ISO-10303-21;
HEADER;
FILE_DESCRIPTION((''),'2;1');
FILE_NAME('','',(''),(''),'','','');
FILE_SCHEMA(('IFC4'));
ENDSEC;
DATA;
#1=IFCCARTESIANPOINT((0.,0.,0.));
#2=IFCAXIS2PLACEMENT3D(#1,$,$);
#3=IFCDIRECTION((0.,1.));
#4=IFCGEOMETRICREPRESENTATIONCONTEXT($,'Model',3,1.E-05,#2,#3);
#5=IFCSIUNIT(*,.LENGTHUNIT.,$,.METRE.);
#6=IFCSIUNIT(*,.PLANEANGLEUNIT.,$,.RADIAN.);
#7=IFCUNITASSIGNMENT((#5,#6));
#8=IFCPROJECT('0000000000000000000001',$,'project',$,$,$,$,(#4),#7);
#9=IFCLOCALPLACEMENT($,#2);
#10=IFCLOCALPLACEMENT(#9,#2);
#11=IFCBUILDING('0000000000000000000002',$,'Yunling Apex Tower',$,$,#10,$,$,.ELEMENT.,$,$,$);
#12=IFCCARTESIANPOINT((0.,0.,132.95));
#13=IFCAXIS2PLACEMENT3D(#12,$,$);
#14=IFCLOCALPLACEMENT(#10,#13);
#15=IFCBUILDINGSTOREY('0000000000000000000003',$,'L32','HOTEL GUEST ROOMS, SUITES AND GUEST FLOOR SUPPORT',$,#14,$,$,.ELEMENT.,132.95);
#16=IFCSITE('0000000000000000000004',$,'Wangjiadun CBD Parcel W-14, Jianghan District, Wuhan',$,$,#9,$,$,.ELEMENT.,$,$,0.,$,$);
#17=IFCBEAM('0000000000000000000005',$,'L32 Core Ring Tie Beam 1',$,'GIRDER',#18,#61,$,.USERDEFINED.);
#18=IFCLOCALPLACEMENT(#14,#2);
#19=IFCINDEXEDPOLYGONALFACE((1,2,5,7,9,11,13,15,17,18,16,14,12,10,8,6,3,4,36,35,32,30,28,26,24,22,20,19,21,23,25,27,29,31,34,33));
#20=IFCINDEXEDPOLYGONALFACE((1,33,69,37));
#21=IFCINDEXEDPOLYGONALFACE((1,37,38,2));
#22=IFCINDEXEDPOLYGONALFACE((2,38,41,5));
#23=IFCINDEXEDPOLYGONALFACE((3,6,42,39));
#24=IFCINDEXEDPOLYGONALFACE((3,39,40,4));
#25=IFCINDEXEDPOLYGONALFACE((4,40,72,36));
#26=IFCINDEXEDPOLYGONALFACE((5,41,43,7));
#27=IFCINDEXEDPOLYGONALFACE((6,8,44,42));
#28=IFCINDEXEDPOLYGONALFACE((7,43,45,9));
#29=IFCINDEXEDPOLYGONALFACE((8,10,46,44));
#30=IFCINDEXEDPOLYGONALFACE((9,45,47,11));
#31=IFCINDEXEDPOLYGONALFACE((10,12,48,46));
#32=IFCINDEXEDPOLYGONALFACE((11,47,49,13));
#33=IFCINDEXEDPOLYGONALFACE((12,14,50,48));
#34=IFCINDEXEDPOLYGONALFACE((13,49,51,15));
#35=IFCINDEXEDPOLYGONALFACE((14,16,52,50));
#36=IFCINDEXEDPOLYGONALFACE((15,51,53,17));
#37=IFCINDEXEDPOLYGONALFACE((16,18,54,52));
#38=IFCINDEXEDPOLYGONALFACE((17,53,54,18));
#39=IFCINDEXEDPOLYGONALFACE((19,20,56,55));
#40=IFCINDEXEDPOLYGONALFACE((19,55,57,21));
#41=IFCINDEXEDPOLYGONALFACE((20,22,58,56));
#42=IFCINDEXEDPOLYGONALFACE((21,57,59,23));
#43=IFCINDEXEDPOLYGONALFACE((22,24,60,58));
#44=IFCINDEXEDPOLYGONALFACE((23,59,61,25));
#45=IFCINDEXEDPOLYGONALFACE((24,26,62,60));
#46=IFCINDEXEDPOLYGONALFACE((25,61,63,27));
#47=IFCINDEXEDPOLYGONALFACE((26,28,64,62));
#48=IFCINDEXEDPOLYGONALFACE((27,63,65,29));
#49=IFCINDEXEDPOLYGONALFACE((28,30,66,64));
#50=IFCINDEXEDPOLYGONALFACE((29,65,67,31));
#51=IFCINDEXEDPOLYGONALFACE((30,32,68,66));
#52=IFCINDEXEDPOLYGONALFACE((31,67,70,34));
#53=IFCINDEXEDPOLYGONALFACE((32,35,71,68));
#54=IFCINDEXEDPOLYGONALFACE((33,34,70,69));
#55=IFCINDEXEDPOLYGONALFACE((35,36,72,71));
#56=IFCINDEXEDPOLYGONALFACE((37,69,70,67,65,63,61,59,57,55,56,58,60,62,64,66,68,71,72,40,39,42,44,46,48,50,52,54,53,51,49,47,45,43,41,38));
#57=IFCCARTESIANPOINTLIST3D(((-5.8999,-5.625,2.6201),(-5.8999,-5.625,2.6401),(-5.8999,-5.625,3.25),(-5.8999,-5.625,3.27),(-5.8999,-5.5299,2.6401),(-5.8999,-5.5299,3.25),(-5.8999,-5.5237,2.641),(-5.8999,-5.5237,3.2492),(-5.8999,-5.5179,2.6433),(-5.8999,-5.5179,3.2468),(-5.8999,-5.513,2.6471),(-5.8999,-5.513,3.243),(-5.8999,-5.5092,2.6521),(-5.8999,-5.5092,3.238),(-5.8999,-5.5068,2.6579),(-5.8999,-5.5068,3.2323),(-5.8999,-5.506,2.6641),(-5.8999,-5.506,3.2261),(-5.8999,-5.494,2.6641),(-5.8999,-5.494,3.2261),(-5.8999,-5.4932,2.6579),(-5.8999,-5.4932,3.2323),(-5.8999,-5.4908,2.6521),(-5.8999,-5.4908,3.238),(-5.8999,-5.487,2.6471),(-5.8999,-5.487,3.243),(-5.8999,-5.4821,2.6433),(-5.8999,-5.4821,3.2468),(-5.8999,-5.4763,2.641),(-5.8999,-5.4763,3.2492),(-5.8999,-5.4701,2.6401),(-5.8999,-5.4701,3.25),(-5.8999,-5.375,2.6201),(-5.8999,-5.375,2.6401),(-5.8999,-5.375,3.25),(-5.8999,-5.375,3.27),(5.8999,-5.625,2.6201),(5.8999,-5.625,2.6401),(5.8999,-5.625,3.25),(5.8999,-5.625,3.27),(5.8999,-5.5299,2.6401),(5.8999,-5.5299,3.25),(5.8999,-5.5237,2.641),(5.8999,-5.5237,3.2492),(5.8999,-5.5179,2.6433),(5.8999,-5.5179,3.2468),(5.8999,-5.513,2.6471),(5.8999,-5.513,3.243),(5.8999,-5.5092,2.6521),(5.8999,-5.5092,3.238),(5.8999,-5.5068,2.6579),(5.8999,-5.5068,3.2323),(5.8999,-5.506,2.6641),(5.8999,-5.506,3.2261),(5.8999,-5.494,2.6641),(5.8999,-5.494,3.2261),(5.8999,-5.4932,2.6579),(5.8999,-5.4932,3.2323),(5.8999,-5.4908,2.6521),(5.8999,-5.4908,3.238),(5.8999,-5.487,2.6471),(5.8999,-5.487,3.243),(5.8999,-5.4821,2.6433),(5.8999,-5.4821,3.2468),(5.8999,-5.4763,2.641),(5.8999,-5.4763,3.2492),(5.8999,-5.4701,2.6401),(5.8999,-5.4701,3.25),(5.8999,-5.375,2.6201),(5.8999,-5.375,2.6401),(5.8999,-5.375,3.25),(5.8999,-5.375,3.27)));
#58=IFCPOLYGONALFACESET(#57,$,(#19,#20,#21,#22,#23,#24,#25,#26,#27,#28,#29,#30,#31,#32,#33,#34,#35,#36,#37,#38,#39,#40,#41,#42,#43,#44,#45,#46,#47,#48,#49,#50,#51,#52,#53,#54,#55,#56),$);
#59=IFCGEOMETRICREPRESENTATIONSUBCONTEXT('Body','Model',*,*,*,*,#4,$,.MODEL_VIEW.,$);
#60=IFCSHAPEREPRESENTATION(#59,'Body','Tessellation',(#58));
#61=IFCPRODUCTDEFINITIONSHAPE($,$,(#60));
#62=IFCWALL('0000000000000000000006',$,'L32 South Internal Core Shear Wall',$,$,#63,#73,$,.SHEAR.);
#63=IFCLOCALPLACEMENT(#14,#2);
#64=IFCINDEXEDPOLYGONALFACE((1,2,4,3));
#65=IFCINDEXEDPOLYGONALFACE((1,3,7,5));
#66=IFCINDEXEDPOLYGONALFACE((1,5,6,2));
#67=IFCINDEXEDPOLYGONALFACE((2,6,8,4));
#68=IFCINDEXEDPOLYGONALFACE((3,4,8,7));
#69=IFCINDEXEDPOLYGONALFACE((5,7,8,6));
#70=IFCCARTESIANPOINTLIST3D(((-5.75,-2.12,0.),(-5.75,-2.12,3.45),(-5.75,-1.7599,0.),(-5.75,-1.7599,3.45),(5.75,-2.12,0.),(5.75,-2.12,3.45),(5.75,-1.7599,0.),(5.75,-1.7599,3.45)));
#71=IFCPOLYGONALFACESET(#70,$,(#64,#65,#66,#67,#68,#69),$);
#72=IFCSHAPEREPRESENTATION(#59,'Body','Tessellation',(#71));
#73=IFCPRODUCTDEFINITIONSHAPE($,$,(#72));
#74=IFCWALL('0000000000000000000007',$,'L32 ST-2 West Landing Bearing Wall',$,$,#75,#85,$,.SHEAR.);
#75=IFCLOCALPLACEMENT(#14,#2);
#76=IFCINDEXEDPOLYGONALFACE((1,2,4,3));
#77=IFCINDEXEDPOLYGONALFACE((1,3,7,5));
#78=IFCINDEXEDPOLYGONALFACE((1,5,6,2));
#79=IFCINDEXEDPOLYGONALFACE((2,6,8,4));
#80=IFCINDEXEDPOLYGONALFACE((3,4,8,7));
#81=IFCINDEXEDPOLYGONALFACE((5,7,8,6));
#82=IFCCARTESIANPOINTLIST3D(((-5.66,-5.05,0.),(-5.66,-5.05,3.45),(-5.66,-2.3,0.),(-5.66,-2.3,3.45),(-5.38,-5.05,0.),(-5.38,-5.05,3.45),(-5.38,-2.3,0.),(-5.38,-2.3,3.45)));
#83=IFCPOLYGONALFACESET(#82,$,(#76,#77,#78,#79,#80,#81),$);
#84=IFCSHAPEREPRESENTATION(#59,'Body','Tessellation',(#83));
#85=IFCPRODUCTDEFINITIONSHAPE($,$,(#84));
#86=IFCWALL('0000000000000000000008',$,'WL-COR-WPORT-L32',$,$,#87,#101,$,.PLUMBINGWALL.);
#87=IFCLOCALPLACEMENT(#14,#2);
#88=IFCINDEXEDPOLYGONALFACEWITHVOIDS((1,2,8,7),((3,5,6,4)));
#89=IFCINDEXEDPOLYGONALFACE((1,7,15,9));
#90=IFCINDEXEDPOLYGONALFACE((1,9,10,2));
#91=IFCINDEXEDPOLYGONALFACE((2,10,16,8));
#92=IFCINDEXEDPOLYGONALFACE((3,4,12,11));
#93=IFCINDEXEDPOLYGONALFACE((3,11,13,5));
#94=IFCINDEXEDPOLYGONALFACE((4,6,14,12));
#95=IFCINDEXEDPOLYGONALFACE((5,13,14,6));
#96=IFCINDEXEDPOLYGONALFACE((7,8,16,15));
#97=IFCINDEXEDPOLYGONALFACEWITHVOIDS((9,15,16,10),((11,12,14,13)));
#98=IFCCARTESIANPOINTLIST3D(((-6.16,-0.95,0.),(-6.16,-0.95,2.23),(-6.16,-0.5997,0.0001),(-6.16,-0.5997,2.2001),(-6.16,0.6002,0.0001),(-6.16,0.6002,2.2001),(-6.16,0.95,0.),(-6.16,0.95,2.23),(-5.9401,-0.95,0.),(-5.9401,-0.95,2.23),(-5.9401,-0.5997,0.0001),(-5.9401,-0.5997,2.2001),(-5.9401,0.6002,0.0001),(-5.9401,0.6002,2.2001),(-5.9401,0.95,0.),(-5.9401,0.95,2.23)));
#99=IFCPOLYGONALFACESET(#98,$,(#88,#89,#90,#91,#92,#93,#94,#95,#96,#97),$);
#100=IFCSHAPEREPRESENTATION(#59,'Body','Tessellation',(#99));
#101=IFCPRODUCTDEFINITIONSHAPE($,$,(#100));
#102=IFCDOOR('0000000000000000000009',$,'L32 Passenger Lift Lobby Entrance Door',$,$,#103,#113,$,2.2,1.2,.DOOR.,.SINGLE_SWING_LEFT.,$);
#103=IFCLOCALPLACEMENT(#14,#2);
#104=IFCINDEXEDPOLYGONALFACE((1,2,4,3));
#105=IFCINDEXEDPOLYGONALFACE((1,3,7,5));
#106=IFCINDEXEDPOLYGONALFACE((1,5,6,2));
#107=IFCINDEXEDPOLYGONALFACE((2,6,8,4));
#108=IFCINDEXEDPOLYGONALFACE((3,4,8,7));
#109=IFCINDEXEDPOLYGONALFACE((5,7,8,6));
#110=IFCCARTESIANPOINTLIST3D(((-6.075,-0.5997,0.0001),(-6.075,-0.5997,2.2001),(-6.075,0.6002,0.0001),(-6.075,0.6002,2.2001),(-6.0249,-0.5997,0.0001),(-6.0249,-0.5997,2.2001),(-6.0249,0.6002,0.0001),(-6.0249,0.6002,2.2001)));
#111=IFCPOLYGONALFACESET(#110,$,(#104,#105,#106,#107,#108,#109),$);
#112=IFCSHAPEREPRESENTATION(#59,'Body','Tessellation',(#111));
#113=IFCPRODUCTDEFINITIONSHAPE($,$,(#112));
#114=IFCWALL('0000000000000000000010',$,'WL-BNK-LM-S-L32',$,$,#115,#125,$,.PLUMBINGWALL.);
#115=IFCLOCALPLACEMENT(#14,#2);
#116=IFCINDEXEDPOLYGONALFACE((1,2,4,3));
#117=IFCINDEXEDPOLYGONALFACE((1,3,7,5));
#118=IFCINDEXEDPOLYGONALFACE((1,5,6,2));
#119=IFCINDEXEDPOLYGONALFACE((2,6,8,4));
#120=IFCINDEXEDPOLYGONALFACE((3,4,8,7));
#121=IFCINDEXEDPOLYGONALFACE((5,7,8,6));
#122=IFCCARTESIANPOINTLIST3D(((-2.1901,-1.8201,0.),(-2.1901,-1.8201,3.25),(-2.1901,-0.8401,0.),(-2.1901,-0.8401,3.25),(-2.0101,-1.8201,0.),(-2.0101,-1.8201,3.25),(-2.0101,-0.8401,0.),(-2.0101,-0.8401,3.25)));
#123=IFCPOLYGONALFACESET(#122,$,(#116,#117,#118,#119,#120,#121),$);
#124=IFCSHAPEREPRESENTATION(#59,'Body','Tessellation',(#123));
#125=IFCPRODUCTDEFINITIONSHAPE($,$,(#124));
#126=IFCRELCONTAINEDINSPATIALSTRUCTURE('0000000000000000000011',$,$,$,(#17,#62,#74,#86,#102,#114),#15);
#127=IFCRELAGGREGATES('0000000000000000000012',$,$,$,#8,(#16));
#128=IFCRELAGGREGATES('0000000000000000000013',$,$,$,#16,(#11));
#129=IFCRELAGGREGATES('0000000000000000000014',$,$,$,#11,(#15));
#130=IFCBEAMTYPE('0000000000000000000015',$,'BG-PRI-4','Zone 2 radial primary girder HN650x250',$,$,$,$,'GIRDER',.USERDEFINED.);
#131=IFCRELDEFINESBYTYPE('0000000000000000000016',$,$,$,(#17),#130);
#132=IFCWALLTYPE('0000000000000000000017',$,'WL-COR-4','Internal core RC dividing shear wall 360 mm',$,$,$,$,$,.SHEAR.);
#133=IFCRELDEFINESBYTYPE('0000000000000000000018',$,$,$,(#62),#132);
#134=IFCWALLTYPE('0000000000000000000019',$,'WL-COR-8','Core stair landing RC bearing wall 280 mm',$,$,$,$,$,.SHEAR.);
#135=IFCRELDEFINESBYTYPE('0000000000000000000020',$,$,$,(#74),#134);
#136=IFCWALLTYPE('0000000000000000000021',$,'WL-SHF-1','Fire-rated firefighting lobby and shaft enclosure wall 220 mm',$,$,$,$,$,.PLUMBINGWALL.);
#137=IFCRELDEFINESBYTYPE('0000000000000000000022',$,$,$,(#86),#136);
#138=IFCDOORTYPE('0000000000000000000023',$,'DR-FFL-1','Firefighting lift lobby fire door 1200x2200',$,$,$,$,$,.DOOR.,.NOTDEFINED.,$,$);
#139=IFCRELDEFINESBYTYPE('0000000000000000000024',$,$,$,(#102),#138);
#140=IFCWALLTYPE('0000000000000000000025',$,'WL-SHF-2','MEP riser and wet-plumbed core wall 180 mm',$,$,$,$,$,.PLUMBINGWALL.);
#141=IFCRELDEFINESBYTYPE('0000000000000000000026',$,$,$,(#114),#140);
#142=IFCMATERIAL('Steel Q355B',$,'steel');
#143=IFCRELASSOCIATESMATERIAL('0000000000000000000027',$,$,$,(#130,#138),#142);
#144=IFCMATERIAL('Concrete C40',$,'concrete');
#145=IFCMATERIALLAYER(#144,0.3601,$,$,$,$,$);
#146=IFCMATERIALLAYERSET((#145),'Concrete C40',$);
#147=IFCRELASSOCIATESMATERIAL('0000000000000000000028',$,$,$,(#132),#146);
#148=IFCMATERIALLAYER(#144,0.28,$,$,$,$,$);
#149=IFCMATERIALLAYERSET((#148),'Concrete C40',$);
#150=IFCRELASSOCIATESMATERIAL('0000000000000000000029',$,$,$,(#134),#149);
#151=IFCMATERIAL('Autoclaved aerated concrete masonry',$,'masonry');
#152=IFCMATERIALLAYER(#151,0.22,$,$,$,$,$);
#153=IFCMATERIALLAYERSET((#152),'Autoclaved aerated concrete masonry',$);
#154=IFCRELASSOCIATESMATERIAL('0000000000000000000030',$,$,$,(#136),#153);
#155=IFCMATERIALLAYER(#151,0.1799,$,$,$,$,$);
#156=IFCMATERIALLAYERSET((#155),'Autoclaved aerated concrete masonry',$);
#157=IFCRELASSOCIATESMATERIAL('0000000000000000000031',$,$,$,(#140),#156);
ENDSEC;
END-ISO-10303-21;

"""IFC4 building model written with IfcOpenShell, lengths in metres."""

from ifc_helpers import new_model, si_unit, direction, frame, frame_2d, origin, origin_2d, place, context, subcontext, project, spatial, rectangle, i_section, extrude, source, transform, mapped, material, layer, layer_set, material_profile, profile_set, type_object, element, fill, save


model = new_model("IFC4")

# Units and contexts
model_context = context("Model", 3, precision=1e-05, world=origin(), true_north=direction((0.0, 1.0)))
body_context = subcontext(model_context, "Body", "Model", "MODEL_VIEW")
ifc_project = project(units=[si_unit("LENGTHUNIT", "METRE"), si_unit("PLANEANGLEUNIT", "RADIAN")], contexts=[model_context])

# Site, building, storey
site_placement = place(None, origin())
site = spatial("IfcSite", under=ifc_project, at=site_placement, Name="Wangjiadun CBD Parcel W-14, Jianghan District, Wuhan", CompositionType="ELEMENT", RefElevation=0.0)
building_placement = place(site_placement, origin())
building = spatial("IfcBuilding", under=site, at=building_placement, Name="Yunling Apex Tower", CompositionType="ELEMENT")
storey_placement = place(building_placement, frame((0.0, 0.0, 132.95)))
storey = spatial("IfcBuildingStorey", under=building, at=storey_placement, Name="L32", Description="HOTEL GUEST ROOMS, SUITES AND GUEST FLOOR SUPPORT", CompositionType="ELEMENT", Elevation=132.95)

# Beam
ifc_material_1 = material(Name="Steel Q355B", Category="steel")
ifc_material_profile_1 = material_profile(ifc_material_1, i_section(OverallWidth=0.25, OverallDepth=0.6499, WebThickness=0.012, FlangeThickness=0.02, FilletRadius=0.0239, at=origin_2d()))
ifc_profile_set_1 = profile_set([ifc_material_profile_1], Name="Steel Q355B")
beam_type_1 = type_object("IfcBeamType", Name="BG-PRI-4", Description="Zone 2 radial primary girder HN650x250", ElementType="GIRDER", PredefinedType="USERDEFINED", material=ifc_profile_set_1)
shared_shape_1 = source(origin(), body_context, "Body", "SweptSolid", [
    extrude(i_section(OverallWidth=0.25, OverallDepth=0.6499, WebThickness=0.012, FlangeThickness=0.02, FilletRadius=0.0239, at=origin_2d()), origin(), (0.0, 0.0, 1.0), 11.7998),
])
beam_1_placement = place(storey_placement, frame((-5.8999, -5.5, 2.9451), z_axis=(1.0, 0.0, 0.0), x_axis=(0.0, 1.0, 0.0)))
element("IfcBeam", 1, at=beam_1_placement, inside=storey, type_object=beam_type_1, Name="L32 Core Ring Tie Beam 1", ObjectType="GIRDER", PredefinedType="USERDEFINED", context=body_context, shape_type="MappedRepresentation", body=[
    mapped(shared_shape_1, transform((0.0, 0.0, 0.0), scale=1.0)),
])

# Walls
ifc_material_2 = material(Name="Concrete C40", Category="concrete")
ifc_layer_1 = layer(ifc_material_2, 0.3601)
ifc_layer_set_1 = layer_set([ifc_layer_1], Name="Concrete C40")
wall_type_1 = type_object("IfcWallType", Name="WL-COR-4", Description="Internal core RC dividing shear wall 360 mm", PredefinedType="SHEAR", material=ifc_layer_set_1)
wall_1_placement = place(storey_placement, frame((-5.75, -1.9399, 0.0), z_axis=(0.0, 0.0, 1.0), x_axis=(1.0, 0.0, 0.0)))
element("IfcWall", 2, at=wall_1_placement, inside=storey, type_object=wall_type_1, Name="L32 South Internal Core Shear Wall", PredefinedType="SHEAR", context=body_context, shape_type="SweptSolid", body=[
    extrude(rectangle(XDim=11.5, YDim=0.3601, at=frame_2d((5.75, 0.0))), origin(), (0.0, 0.0, 1.0), 3.45),
])
ifc_layer_2 = layer(ifc_material_2, 0.28)
ifc_layer_set_2 = layer_set([ifc_layer_2], Name="Concrete C40")
wall_type_2 = type_object("IfcWallType", Name="WL-COR-8", Description="Core stair landing RC bearing wall 280 mm", PredefinedType="SHEAR", material=ifc_layer_set_2)
wall_2_placement = place(storey_placement, frame((-5.52, -5.05, 0.0), z_axis=(0.0, 0.0, 1.0), x_axis=(0.0, 1.0, 0.0)))
element("IfcWall", 3, at=wall_2_placement, inside=storey, type_object=wall_type_2, Name="L32 ST-2 West Landing Bearing Wall", PredefinedType="SHEAR", context=body_context, shape_type="SweptSolid", body=[
    extrude(rectangle(XDim=2.75, YDim=0.28, at=frame_2d((1.375, 0.0))), origin(), (0.0, 0.0, 1.0), 3.45),
])

# Wall, opening, door
ifc_material_3 = material(Name="Autoclaved aerated concrete masonry", Category="masonry")
ifc_layer_3 = layer(ifc_material_3, 0.22)
ifc_layer_set_3 = layer_set([ifc_layer_3], Name="Autoclaved aerated concrete masonry")
wall_type_3 = type_object("IfcWallType", Name="WL-SHF-1", Description="Fire-rated firefighting lobby and shaft enclosure wall 220 mm", PredefinedType="PLUMBINGWALL", material=ifc_layer_set_3)
wall_3_placement = place(storey_placement, frame((-6.05, -0.95, 0.0), z_axis=(0.0, 0.0, 1.0), x_axis=(0.0, 1.0, 0.0)))
wall_3 = element("IfcWall", 4, at=wall_3_placement, inside=storey, type_object=wall_type_3, Name="WL-COR-WPORT-L32", PredefinedType="PLUMBINGWALL", context=body_context, shape_type="SweptSolid", body=[
    extrude(rectangle(XDim=1.8999, YDim=0.22, at=frame_2d((0.95, 0.0))), origin(), (0.0, 0.0, 1.0), 2.23),
])
opening_1_placement = place(wall_3_placement, frame((0.3501, 0.0, 0.0)))
opening_1 = element("IfcOpeningElement", 5, at=opening_1_placement, cuts=wall_3, PredefinedType="OPENING", context=body_context, shape_type="SweptSolid", body=[
    extrude(rectangle(XDim=1.2, YDim=2.2, at=frame_2d((0.6001, 1.1001))), frame((0.0, 0.1201, 0.0), z_axis=(0.0, -1.0, 0.0), x_axis=(1.0, 0.0, 0.0)), (0.0, 0.0, 1.0), 0.24),
])
door_type_1 = type_object("IfcDoorType", Name="DR-FFL-1", Description="Firefighting lift lobby fire door 1200x2200", OperationType="NOTDEFINED", PredefinedType="DOOR", material=ifc_material_1)
door_1_placement = place(opening_1_placement, origin())
door_1 = element("IfcDoor", 6, at=door_1_placement, inside=storey, type_object=door_type_1, Name="L32 Passenger Lift Lobby Entrance Door", OperationType="SINGLE_SWING_LEFT", OverallHeight=2.2, OverallWidth=1.2, PredefinedType="DOOR", context=body_context, shape_type="SweptSolid", body=[
    extrude(rectangle(XDim=1.2, YDim=2.2, at=frame_2d((0.6001, 1.1001))), frame((0.0, 0.0249, 0.0), z_axis=(0.0, -1.0, 0.0), x_axis=(1.0, 0.0, 0.0)), (0.0, 0.0, 1.0), 0.05),
])
fill(opening_1, door_1)

# Wall
ifc_layer_4 = layer(ifc_material_3, 0.1799)
ifc_layer_set_4 = layer_set([ifc_layer_4], Name="Autoclaved aerated concrete masonry")
wall_type_4 = type_object("IfcWallType", Name="WL-SHF-2", Description="MEP riser and wet-plumbed core wall 180 mm", PredefinedType="PLUMBINGWALL", material=ifc_layer_set_4)
wall_4_placement = place(storey_placement, frame((-2.1001, -1.8201, 0.0), z_axis=(0.0, 0.0, 1.0), x_axis=(0.0, 1.0, 0.0)))
element("IfcWall", 7, at=wall_4_placement, inside=storey, type_object=wall_type_4, Name="WL-BNK-LM-S-L32", PredefinedType="PLUMBINGWALL", context=body_context, shape_type="SweptSolid", body=[
    extrude(rectangle(XDim=0.98, YDim=0.1799, at=frame_2d((0.49, 0.0))), origin(), (0.0, 0.0, 1.0), 3.25),
])

save(model, "model.ifc")
